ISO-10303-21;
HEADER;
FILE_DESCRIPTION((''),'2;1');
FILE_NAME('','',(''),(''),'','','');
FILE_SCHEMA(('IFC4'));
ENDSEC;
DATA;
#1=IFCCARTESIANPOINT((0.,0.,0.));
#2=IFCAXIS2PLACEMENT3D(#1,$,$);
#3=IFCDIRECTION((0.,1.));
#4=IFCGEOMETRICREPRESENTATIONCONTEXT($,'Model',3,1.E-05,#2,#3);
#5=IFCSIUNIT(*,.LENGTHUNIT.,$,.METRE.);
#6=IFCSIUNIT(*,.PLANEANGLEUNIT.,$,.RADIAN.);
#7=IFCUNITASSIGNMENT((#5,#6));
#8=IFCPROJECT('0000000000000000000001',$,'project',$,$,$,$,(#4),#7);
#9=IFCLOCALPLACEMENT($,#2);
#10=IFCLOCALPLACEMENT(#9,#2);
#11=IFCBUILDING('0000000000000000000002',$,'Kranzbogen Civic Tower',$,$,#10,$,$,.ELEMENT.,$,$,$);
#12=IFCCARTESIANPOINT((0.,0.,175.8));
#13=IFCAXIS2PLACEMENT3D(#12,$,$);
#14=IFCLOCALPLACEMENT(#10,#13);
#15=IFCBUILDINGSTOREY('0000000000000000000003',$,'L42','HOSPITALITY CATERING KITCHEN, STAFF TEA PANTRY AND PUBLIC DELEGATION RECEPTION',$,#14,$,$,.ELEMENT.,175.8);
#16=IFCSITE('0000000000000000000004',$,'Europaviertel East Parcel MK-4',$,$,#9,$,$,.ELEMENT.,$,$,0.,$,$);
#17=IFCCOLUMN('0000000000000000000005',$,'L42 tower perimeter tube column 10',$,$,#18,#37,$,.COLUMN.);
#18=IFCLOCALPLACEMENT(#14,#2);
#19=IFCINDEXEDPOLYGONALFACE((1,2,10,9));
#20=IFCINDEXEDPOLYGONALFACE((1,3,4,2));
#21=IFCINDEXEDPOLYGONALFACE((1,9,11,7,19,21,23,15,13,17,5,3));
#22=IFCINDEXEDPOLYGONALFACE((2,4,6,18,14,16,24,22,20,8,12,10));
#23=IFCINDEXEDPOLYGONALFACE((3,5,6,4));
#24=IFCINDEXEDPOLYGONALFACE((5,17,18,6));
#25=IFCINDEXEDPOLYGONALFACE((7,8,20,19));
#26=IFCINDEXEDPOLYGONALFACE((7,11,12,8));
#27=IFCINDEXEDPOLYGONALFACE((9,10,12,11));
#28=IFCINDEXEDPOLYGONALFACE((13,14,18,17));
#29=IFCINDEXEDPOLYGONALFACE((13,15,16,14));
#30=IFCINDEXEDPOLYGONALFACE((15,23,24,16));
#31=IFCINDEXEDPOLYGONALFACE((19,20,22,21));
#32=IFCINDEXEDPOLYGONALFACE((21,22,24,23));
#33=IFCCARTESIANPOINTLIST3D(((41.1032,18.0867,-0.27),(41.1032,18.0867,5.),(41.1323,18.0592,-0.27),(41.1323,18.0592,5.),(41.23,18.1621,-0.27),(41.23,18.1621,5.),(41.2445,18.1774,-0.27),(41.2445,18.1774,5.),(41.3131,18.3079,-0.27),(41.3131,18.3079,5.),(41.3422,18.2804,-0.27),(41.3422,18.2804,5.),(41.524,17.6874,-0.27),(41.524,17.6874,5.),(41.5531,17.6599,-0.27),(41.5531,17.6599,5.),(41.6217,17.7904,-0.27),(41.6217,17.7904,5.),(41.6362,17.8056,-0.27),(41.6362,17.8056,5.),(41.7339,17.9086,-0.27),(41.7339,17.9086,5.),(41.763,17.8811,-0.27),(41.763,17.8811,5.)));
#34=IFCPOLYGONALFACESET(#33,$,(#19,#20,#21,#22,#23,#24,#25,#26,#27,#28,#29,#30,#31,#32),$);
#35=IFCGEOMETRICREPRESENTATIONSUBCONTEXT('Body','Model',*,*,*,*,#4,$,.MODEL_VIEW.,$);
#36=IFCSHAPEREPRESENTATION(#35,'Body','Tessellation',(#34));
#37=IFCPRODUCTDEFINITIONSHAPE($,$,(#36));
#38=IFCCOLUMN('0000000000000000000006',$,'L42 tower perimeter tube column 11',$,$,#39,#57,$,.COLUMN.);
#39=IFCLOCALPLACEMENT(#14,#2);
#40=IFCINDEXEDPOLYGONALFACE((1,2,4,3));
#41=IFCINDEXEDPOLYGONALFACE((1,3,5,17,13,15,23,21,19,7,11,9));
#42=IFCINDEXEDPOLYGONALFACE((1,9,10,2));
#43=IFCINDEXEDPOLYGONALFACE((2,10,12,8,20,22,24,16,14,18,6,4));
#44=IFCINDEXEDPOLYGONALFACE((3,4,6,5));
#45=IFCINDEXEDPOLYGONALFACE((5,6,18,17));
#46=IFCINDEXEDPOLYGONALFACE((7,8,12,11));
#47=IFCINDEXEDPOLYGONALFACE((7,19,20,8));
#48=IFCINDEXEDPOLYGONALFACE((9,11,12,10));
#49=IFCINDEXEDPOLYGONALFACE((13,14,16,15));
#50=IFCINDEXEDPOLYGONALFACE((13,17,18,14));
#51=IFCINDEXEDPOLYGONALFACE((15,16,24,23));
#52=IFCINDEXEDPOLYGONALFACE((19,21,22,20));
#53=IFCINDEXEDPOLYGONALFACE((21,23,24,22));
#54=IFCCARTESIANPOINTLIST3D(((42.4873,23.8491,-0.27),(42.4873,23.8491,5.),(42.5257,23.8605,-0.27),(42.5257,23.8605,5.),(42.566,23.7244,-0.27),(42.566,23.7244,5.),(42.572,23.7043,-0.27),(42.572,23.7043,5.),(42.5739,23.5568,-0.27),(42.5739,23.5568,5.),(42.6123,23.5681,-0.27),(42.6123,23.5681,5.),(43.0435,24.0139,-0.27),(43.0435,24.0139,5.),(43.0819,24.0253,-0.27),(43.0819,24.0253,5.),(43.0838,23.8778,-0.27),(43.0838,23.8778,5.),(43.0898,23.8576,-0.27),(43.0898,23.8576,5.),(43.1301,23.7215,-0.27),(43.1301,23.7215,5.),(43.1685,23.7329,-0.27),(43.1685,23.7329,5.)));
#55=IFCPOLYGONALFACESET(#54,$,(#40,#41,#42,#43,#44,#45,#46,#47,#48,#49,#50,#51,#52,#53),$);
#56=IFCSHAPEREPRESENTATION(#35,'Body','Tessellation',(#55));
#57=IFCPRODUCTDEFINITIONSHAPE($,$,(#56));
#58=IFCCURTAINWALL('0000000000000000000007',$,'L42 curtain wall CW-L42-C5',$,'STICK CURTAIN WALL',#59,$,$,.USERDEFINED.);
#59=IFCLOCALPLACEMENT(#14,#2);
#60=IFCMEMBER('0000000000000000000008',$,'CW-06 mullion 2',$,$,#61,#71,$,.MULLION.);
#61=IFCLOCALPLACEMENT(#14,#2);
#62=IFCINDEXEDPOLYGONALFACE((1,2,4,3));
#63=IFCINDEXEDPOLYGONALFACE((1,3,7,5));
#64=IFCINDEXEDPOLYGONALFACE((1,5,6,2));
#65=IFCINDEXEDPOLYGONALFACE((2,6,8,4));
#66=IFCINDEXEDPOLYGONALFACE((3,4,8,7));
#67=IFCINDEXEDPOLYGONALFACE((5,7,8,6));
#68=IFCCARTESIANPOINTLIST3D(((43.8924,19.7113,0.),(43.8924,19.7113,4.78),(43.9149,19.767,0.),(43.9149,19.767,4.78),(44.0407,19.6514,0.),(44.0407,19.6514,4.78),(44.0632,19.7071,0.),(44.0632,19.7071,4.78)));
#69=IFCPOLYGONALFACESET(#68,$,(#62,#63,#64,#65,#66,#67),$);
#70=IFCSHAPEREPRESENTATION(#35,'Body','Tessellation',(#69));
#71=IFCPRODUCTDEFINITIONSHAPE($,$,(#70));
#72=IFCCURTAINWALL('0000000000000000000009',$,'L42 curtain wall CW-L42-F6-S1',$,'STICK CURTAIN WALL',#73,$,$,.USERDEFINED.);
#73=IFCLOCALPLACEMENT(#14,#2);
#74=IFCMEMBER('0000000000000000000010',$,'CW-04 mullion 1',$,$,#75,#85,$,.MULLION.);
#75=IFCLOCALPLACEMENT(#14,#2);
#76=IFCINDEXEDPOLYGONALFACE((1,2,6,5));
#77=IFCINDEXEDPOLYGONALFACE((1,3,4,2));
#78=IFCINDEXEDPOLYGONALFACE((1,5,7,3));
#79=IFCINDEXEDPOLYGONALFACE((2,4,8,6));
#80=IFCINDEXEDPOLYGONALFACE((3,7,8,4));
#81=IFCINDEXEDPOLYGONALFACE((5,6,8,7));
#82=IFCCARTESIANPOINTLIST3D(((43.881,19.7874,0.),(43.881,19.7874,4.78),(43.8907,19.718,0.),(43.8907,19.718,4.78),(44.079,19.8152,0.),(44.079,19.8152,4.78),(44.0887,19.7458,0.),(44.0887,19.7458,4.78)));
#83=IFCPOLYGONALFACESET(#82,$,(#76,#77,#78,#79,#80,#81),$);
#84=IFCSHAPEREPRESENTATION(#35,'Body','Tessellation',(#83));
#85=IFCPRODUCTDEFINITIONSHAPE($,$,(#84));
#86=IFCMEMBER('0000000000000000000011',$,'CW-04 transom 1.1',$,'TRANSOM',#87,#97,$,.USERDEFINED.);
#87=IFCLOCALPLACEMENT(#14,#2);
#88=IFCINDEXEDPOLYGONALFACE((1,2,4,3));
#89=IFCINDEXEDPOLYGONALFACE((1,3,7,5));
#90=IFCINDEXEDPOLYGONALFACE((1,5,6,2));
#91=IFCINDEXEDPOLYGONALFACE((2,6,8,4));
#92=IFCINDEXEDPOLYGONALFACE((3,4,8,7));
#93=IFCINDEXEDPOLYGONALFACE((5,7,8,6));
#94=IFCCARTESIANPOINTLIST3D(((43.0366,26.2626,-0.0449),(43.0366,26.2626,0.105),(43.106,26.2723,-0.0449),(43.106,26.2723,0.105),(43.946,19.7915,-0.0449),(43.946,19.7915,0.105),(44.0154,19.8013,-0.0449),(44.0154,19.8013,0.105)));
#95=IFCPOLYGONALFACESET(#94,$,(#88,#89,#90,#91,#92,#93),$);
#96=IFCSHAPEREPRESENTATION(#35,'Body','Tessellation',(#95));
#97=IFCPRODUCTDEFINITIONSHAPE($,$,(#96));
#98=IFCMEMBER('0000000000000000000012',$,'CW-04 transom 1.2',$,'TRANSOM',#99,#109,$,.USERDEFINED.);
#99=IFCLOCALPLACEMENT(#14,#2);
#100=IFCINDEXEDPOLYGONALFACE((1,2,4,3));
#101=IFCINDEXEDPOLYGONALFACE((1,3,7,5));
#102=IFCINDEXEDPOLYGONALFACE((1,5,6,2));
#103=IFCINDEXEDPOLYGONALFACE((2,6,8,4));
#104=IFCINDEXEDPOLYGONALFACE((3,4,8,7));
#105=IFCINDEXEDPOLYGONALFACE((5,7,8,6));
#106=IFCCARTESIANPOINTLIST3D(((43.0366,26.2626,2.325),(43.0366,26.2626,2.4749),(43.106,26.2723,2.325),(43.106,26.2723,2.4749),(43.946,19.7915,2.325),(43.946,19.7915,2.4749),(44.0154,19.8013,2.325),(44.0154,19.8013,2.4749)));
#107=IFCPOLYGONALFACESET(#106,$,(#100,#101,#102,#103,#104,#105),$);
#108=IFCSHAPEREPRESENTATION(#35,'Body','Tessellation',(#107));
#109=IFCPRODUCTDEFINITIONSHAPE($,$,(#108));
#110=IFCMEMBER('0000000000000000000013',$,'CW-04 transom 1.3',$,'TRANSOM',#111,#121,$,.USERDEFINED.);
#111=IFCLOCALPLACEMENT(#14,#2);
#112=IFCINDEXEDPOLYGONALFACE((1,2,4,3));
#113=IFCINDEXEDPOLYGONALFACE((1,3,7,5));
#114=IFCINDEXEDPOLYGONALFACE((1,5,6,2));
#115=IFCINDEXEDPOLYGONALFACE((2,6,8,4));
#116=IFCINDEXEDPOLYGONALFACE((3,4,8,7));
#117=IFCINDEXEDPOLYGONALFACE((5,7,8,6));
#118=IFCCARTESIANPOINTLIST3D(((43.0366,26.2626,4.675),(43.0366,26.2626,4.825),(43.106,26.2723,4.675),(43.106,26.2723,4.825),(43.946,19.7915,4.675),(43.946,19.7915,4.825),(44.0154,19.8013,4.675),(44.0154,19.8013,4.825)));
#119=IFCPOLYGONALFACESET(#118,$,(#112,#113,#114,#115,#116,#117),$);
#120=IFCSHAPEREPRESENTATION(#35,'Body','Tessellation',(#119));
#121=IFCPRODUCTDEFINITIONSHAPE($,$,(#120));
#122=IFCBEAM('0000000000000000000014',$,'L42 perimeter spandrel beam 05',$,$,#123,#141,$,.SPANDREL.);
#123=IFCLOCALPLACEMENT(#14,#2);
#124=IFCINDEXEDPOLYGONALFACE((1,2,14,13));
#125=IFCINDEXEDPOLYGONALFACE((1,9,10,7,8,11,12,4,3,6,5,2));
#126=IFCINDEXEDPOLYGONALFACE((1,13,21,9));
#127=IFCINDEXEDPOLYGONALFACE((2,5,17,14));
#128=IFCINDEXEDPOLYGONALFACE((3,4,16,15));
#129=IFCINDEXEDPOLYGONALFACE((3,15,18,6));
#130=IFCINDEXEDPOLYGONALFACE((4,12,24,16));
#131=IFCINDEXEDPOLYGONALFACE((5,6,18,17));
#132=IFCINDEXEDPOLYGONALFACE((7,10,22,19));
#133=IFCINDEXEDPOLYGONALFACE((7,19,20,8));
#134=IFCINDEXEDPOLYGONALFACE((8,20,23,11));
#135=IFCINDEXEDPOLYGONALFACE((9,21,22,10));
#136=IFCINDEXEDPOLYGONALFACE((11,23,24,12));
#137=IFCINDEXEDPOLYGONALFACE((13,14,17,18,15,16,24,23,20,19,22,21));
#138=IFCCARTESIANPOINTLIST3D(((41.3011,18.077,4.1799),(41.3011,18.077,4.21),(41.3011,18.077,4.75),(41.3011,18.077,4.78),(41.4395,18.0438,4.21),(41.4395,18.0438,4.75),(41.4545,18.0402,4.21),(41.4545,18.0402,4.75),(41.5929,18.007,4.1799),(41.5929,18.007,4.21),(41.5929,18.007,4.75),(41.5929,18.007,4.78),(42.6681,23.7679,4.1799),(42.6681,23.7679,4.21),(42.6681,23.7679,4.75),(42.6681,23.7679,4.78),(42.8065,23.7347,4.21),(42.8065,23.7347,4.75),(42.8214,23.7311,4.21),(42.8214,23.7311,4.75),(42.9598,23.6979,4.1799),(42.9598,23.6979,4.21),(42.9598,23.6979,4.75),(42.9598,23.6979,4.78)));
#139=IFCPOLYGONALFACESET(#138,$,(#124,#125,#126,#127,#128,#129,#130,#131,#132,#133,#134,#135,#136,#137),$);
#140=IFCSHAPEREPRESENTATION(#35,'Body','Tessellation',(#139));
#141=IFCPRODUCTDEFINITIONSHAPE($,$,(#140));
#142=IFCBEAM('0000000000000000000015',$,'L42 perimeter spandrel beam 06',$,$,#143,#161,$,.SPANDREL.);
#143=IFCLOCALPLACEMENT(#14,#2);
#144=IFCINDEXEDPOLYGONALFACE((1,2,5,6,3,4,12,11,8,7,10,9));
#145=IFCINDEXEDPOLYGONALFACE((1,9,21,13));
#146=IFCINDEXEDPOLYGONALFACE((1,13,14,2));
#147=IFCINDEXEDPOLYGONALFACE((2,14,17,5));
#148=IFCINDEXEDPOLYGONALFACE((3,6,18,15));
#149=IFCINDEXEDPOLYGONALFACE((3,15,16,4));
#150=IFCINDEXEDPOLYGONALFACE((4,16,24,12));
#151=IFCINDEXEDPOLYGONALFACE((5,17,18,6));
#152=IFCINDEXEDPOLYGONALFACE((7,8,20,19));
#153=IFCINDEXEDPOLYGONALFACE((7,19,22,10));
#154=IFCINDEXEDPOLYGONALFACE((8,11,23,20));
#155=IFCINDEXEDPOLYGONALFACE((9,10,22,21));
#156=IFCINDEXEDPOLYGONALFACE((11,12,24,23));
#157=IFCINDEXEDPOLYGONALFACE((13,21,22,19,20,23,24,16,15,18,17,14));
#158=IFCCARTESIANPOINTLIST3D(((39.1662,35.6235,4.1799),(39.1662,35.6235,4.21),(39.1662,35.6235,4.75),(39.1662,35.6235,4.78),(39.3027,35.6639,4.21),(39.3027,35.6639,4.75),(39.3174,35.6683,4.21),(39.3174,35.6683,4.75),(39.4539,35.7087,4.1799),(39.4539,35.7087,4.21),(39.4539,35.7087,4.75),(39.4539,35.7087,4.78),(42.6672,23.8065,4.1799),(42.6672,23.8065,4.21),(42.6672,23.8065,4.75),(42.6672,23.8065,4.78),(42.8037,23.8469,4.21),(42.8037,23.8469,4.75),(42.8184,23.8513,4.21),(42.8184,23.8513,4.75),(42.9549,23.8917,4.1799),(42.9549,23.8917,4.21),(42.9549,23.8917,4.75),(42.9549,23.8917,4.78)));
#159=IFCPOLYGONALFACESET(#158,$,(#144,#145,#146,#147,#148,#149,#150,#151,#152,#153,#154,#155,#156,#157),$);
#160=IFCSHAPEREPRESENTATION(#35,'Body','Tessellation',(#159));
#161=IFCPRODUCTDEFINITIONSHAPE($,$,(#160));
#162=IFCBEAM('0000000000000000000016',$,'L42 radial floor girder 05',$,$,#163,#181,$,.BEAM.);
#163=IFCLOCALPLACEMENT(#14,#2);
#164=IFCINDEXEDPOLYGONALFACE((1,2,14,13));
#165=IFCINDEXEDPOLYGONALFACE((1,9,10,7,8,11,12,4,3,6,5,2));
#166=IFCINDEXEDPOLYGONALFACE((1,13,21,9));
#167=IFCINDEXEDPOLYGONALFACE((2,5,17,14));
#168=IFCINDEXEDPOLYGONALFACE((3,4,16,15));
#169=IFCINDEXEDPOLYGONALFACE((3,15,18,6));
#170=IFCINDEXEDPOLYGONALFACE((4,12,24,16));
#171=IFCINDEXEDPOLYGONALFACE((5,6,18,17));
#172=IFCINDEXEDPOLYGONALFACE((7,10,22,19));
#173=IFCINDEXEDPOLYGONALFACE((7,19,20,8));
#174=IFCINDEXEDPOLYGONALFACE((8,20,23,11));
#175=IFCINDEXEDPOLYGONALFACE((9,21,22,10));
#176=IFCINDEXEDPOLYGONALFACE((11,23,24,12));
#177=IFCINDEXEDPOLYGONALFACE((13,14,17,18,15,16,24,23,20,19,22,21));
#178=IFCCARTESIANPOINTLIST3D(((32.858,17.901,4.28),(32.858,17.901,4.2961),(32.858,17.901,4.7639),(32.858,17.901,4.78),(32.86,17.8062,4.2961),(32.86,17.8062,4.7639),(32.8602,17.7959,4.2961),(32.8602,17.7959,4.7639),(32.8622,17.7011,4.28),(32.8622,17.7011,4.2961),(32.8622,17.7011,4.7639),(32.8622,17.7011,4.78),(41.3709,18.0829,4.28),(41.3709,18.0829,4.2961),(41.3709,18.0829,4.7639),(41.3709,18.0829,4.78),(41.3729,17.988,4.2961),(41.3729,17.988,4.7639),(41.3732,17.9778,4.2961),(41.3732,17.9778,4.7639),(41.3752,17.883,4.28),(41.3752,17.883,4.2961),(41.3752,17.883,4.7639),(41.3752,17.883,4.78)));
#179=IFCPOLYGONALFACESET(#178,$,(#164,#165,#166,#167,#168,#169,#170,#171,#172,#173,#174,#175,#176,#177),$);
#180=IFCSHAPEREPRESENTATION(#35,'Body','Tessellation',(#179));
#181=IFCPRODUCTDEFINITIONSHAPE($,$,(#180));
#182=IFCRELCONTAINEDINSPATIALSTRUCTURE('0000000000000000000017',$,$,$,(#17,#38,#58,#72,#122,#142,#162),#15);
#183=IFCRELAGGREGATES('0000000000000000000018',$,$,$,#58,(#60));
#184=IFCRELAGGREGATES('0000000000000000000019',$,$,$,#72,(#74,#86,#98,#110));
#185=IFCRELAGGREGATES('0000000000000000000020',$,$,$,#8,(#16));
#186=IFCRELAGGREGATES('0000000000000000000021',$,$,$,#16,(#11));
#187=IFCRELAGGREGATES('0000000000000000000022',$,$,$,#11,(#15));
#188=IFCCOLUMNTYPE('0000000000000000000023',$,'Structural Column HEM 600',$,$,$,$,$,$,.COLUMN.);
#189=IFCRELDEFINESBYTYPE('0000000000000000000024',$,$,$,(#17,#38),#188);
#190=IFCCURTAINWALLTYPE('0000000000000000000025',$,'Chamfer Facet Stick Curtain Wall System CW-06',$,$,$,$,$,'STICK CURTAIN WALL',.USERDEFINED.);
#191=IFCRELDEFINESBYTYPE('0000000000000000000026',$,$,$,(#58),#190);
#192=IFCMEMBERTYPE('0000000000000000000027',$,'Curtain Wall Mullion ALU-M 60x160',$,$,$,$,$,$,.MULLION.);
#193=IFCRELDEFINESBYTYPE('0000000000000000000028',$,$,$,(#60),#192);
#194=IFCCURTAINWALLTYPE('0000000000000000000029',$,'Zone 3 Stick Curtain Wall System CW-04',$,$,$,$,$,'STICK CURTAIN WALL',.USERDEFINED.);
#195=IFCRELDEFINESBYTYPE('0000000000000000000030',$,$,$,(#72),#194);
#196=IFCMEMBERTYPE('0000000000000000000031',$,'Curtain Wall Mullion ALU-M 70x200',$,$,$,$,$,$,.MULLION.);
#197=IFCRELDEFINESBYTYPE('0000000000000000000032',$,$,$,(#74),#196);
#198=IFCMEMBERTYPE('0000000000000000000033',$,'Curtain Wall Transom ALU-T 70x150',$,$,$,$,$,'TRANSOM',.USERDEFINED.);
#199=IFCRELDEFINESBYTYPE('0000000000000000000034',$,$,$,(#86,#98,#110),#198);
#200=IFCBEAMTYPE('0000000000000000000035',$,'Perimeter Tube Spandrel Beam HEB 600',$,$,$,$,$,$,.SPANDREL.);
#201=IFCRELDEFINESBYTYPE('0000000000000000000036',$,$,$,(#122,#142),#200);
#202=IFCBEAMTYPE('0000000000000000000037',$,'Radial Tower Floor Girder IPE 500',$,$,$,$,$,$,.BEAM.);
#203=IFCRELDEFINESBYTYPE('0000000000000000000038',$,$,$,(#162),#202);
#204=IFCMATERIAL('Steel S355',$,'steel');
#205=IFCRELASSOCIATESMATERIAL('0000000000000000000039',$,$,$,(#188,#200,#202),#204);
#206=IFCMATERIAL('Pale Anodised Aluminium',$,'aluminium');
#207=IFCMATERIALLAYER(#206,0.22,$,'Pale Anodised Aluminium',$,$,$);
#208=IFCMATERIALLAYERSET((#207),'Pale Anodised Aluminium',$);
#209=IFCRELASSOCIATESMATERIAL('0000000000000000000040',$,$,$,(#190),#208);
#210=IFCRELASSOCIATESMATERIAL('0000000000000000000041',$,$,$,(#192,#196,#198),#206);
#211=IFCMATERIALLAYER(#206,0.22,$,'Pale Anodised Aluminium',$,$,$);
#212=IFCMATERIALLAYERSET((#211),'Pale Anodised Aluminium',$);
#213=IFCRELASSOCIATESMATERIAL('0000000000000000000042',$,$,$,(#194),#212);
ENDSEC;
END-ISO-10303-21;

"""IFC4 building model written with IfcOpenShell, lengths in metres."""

from ifc_helpers import new_model, si_unit, direction, frame, origin, origin_2d, place, context, subcontext, project, spatial, rectangle, i_section, extrude, material, layer, layer_set, material_profile, profile_set, type_object, element, aggregate, save


model = new_model("IFC4")

# Units and contexts
model_context = context("Model", 3, precision=1e-05, world=origin(), true_north=direction((0.0, 1.0)))
body_context = subcontext(model_context, "Body", "Model", "MODEL_VIEW")
ifc_project = project(units=[si_unit("LENGTHUNIT", "METRE"), si_unit("PLANEANGLEUNIT", "RADIAN")], contexts=[model_context])

# Site, building, storey
site_placement = place(None, origin())
site = spatial("IfcSite", under=ifc_project, at=site_placement, Name="Europaviertel East Parcel MK-4", CompositionType="ELEMENT", RefElevation=0.0)
building_placement = place(site_placement, origin())
building = spatial("IfcBuilding", under=site, at=building_placement, Name="Kranzbogen Civic Tower", CompositionType="ELEMENT")
storey_placement = place(building_placement, frame((0.0, 0.0, 175.8)))
storey = spatial("IfcBuildingStorey", under=building, at=storey_placement, Name="L42", Description="HOSPITALITY CATERING KITCHEN, STAFF TEA PANTRY AND PUBLIC DELEGATION RECEPTION", CompositionType="ELEMENT", Elevation=175.8)

# Columns
ifc_material_1 = material(Name="Steel S355", Category="steel")
ifc_material_profile_1 = material_profile(ifc_material_1, i_section(OverallWidth=0.3049, OverallDepth=0.6201, WebThickness=0.021, FlangeThickness=0.04, at=origin_2d()), Name="HEM 600")
ifc_profile_set_1 = profile_set([ifc_material_profile_1], Name="Steel S355")
column_type = type_object("IfcColumnType", Name="Structural Column HEM 600", PredefinedType="COLUMN", material=ifc_profile_set_1)
for number, where, z_axis, x_axis, name in (
    (1, (41.4331, 17.9839, -0.27), (0.0, 0.0, 1.0), (0.688355, 0.725374, 0.0), "L42 tower perimeter tube column 10"),
    (2, (42.8279, 23.791, -0.27), (0.0, 0.0, 1.0), (-0.284015, 0.95882, 0.0), "L42 tower perimeter tube column 11"),
):
    element("IfcColumn", number, at=place(storey_placement, frame(where, z_axis=z_axis, x_axis=x_axis)), inside=storey, type_object=column_type, Name=name, PredefinedType="COLUMN", context=body_context, shape_type="SweptSolid", body=[
        extrude(i_section(OverallWidth=0.3049, OverallDepth=0.6201, WebThickness=0.021, FlangeThickness=0.04, at=origin_2d()), origin(), (0.0, 0.0, 1.0), 5.27),
    ])

# Curtain wall, member
ifc_material_2 = material(Name="Pale Anodised Aluminium", Category="aluminium")
ifc_layer_1 = layer(ifc_material_2, 0.22, Name="Pale Anodised Aluminium")
ifc_layer_set_1 = layer_set([ifc_layer_1], Name="Pale Anodised Aluminium")
curtain_wall_type_1 = type_object("IfcCurtainWallType", Name="Chamfer Facet Stick Curtain Wall System CW-06", ElementType="STICK CURTAIN WALL", PredefinedType="USERDEFINED", material=ifc_layer_set_1)
curtain_wall_1_placement = place(storey_placement, origin())
curtain_wall_1 = element("IfcCurtainWall", 3, at=curtain_wall_1_placement, inside=storey, type_object=curtain_wall_type_1, Name="L42 curtain wall CW-L42-C5", ObjectType="STICK CURTAIN WALL", PredefinedType="USERDEFINED")
ifc_material_profile_2 = material_profile(ifc_material_2, rectangle(XDim=0.0601, YDim=0.1599, at=origin_2d()), Name="ALU-M 60x160")
ifc_profile_set_2 = profile_set([ifc_material_profile_2], Name="Pale Anodised Aluminium")
member_type_1 = type_object("IfcMemberType", Name="Curtain Wall Mullion ALU-M 60x160", PredefinedType="MULLION", material=ifc_profile_set_2)
member_1_placement = place(storey_placement, frame((43.9778, 19.7092, 0.0), z_axis=(0.0, 0.0, 1.0), x_axis=(0.374707, 0.927143, 0.0)))
member_1 = element("IfcMember", 4, at=member_1_placement, type_object=member_type_1, Name="CW-06 mullion 2", PredefinedType="MULLION", context=body_context, shape_type="SweptSolid", body=[
    extrude(rectangle(XDim=0.0601, YDim=0.1599, at=origin_2d()), origin(), (0.0, 0.0, 1.0), 4.78),
])

# Curtain wall, members
ifc_layer_2 = layer(ifc_material_2, 0.22, Name="Pale Anodised Aluminium")
ifc_layer_set_2 = layer_set([ifc_layer_2], Name="Pale Anodised Aluminium")
curtain_wall_type_2 = type_object("IfcCurtainWallType", Name="Zone 3 Stick Curtain Wall System CW-04", ElementType="STICK CURTAIN WALL", PredefinedType="USERDEFINED", material=ifc_layer_set_2)
curtain_wall_2_placement = place(storey_placement, origin())
curtain_wall_2 = element("IfcCurtainWall", 5, at=curtain_wall_2_placement, inside=storey, type_object=curtain_wall_type_2, Name="L42 curtain wall CW-L42-F6-S1", ObjectType="STICK CURTAIN WALL", PredefinedType="USERDEFINED")
ifc_material_profile_3 = material_profile(ifc_material_2, rectangle(XDim=0.0701, YDim=0.2, at=origin_2d()), Name="ALU-M 70x200")
ifc_profile_set_3 = profile_set([ifc_material_profile_3], Name="Pale Anodised Aluminium")
member_type_2 = type_object("IfcMemberType", Name="Curtain Wall Mullion ALU-M 70x200", PredefinedType="MULLION", material=ifc_profile_set_3)
member_2_placement = place(storey_placement, frame((43.9849, 19.7666, 0.0), z_axis=(0.0, 0.0, 1.0), x_axis=(-0.139149, 0.990271, 0.0)))
member_2 = element("IfcMember", 6, at=member_2_placement, type_object=member_type_2, Name="CW-04 mullion 1", PredefinedType="MULLION", context=body_context, shape_type="SweptSolid", body=[
    extrude(rectangle(XDim=0.0701, YDim=0.2, at=origin_2d()), origin(), (0.0, 0.0, 1.0), 4.78),
])
ifc_material_profile_4 = material_profile(ifc_material_2, rectangle(XDim=0.0701, YDim=0.1499, at=origin_2d()), Name="ALU-T 70x150")
ifc_profile_set_4 = profile_set([ifc_material_profile_4], Name="Pale Anodised Aluminium")
member_type_3 = type_object("IfcMemberType", Name="Curtain Wall Transom ALU-T 70x150", ElementType="TRANSOM", PredefinedType="USERDEFINED", material=ifc_profile_set_4)
member_3_placement = place(storey_placement, frame((43.9807, 19.7964, 0.03), z_axis=(-0.139167, 0.990269, 0.0), x_axis=(-0.990269, -0.139167, 0.0)))
member_3 = element("IfcMember", 7, at=member_3_placement, type_object=member_type_3, Name="CW-04 transom 1.1", ObjectType="TRANSOM", PredefinedType="USERDEFINED", context=body_context, shape_type="SweptSolid", body=[
    extrude(rectangle(XDim=0.0701, YDim=0.1499, at=origin_2d()), origin(), (0.0, 0.0, 1.0), 6.5347),
])
member_4_placement = place(storey_placement, frame((43.9807, 19.7964, 2.3999), z_axis=(-0.139167, 0.990269, 0.0), x_axis=(-0.990269, -0.139167, 0.0)))
member_4 = element("IfcMember", 8, at=member_4_placement, type_object=member_type_3, Name="CW-04 transom 1.2", ObjectType="TRANSOM", PredefinedType="USERDEFINED", context=body_context, shape_type="SweptSolid", body=[
    extrude(rectangle(XDim=0.0701, YDim=0.1499, at=origin_2d()), origin(), (0.0, 0.0, 1.0), 6.5347),
])
member_5_placement = place(storey_placement, frame((43.9807, 19.7964, 4.75), z_axis=(-0.139167, 0.990269, 0.0), x_axis=(-0.990269, -0.139167, 0.0)))
member_5 = element("IfcMember", 9, at=member_5_placement, type_object=member_type_3, Name="CW-04 transom 1.3", ObjectType="TRANSOM", PredefinedType="USERDEFINED", context=body_context, shape_type="SweptSolid", body=[
    extrude(rectangle(XDim=0.0701, YDim=0.1499, at=origin_2d()), origin(), (0.0, 0.0, 1.0), 6.5347),
])

# Beams
ifc_material_profile_5 = material_profile(ifc_material_1, i_section(OverallWidth=0.3, OverallDepth=0.6001, WebThickness=0.0154, FlangeThickness=0.03, at=origin_2d()), Name="HEB 600")
ifc_profile_set_5 = profile_set([ifc_material_profile_5], Name="Steel S355")
beam_type_1 = type_object("IfcBeamType", Name="Perimeter Tube Spandrel Beam HEB 600", PredefinedType="SPANDREL", material=ifc_profile_set_5)
beam_1_placement = place(storey_placement, frame((41.447, 18.042, 4.48), z_axis=(0.233554, 0.972344, 0.0), x_axis=(-0.972344, 0.233554, 0.0)))
element("IfcBeam", 10, at=beam_1_placement, inside=storey, type_object=beam_type_1, Name="L42 perimeter spandrel beam 05", PredefinedType="SPANDREL", context=body_context, shape_type="SweptSolid", body=[
    extrude(i_section(OverallWidth=0.3, OverallDepth=0.6001, WebThickness=0.0154, FlangeThickness=0.03, at=origin_2d()), origin(), (0.0, 0.0, 1.0), 5.8528),
])
beam_2_placement = place(storey_placement, frame((42.811, 23.8491, 4.48), z_axis=(-0.284064, 0.958805, 0.0), x_axis=(-0.958805, -0.284064, 0.0)))
element("IfcBeam", 11, at=beam_2_placement, inside=storey, type_object=beam_type_1, Name="L42 perimeter spandrel beam 06", PredefinedType="SPANDREL", context=body_context, shape_type="SweptSolid", body=[
    extrude(i_section(OverallWidth=0.3, OverallDepth=0.6001, WebThickness=0.0154, FlangeThickness=0.03, at=origin_2d()), origin(), (0.0, 0.0, 1.0), 12.3247),
])
ifc_material_profile_6 = material_profile(ifc_material_1, i_section(OverallWidth=0.2, OverallDepth=0.5, WebThickness=0.0103, FlangeThickness=0.0161, at=origin_2d()), Name="IPE 500")
ifc_profile_set_6 = profile_set([ifc_material_profile_6], Name="Steel S355")
beam_type_2 = type_object("IfcBeamType", Name="Radial Tower Floor Girder IPE 500", PredefinedType="BEAM", material=ifc_profile_set_6)
beam_3_placement = place(storey_placement, frame((41.373, 17.9829, 4.53), z_axis=(-0.999772, -0.021361, 0.0), x_axis=(0.021361, -0.999772, 0.0)))
element("IfcBeam", 12, at=beam_3_placement, inside=storey, type_object=beam_type_2, Name="L42 radial floor girder 05", PredefinedType="BEAM", context=body_context, shape_type="SweptSolid", body=[
    extrude(i_section(OverallWidth=0.2, OverallDepth=0.5, WebThickness=0.0103, FlangeThickness=0.0161, at=origin_2d()), origin(), (0.0, 0.0, 1.0), 8.5149),
])

aggregate(curtain_wall_1, [member_1])
aggregate(curtain_wall_2, [member_2, member_3, member_4, member_5])

save(model, "model.ifc")
